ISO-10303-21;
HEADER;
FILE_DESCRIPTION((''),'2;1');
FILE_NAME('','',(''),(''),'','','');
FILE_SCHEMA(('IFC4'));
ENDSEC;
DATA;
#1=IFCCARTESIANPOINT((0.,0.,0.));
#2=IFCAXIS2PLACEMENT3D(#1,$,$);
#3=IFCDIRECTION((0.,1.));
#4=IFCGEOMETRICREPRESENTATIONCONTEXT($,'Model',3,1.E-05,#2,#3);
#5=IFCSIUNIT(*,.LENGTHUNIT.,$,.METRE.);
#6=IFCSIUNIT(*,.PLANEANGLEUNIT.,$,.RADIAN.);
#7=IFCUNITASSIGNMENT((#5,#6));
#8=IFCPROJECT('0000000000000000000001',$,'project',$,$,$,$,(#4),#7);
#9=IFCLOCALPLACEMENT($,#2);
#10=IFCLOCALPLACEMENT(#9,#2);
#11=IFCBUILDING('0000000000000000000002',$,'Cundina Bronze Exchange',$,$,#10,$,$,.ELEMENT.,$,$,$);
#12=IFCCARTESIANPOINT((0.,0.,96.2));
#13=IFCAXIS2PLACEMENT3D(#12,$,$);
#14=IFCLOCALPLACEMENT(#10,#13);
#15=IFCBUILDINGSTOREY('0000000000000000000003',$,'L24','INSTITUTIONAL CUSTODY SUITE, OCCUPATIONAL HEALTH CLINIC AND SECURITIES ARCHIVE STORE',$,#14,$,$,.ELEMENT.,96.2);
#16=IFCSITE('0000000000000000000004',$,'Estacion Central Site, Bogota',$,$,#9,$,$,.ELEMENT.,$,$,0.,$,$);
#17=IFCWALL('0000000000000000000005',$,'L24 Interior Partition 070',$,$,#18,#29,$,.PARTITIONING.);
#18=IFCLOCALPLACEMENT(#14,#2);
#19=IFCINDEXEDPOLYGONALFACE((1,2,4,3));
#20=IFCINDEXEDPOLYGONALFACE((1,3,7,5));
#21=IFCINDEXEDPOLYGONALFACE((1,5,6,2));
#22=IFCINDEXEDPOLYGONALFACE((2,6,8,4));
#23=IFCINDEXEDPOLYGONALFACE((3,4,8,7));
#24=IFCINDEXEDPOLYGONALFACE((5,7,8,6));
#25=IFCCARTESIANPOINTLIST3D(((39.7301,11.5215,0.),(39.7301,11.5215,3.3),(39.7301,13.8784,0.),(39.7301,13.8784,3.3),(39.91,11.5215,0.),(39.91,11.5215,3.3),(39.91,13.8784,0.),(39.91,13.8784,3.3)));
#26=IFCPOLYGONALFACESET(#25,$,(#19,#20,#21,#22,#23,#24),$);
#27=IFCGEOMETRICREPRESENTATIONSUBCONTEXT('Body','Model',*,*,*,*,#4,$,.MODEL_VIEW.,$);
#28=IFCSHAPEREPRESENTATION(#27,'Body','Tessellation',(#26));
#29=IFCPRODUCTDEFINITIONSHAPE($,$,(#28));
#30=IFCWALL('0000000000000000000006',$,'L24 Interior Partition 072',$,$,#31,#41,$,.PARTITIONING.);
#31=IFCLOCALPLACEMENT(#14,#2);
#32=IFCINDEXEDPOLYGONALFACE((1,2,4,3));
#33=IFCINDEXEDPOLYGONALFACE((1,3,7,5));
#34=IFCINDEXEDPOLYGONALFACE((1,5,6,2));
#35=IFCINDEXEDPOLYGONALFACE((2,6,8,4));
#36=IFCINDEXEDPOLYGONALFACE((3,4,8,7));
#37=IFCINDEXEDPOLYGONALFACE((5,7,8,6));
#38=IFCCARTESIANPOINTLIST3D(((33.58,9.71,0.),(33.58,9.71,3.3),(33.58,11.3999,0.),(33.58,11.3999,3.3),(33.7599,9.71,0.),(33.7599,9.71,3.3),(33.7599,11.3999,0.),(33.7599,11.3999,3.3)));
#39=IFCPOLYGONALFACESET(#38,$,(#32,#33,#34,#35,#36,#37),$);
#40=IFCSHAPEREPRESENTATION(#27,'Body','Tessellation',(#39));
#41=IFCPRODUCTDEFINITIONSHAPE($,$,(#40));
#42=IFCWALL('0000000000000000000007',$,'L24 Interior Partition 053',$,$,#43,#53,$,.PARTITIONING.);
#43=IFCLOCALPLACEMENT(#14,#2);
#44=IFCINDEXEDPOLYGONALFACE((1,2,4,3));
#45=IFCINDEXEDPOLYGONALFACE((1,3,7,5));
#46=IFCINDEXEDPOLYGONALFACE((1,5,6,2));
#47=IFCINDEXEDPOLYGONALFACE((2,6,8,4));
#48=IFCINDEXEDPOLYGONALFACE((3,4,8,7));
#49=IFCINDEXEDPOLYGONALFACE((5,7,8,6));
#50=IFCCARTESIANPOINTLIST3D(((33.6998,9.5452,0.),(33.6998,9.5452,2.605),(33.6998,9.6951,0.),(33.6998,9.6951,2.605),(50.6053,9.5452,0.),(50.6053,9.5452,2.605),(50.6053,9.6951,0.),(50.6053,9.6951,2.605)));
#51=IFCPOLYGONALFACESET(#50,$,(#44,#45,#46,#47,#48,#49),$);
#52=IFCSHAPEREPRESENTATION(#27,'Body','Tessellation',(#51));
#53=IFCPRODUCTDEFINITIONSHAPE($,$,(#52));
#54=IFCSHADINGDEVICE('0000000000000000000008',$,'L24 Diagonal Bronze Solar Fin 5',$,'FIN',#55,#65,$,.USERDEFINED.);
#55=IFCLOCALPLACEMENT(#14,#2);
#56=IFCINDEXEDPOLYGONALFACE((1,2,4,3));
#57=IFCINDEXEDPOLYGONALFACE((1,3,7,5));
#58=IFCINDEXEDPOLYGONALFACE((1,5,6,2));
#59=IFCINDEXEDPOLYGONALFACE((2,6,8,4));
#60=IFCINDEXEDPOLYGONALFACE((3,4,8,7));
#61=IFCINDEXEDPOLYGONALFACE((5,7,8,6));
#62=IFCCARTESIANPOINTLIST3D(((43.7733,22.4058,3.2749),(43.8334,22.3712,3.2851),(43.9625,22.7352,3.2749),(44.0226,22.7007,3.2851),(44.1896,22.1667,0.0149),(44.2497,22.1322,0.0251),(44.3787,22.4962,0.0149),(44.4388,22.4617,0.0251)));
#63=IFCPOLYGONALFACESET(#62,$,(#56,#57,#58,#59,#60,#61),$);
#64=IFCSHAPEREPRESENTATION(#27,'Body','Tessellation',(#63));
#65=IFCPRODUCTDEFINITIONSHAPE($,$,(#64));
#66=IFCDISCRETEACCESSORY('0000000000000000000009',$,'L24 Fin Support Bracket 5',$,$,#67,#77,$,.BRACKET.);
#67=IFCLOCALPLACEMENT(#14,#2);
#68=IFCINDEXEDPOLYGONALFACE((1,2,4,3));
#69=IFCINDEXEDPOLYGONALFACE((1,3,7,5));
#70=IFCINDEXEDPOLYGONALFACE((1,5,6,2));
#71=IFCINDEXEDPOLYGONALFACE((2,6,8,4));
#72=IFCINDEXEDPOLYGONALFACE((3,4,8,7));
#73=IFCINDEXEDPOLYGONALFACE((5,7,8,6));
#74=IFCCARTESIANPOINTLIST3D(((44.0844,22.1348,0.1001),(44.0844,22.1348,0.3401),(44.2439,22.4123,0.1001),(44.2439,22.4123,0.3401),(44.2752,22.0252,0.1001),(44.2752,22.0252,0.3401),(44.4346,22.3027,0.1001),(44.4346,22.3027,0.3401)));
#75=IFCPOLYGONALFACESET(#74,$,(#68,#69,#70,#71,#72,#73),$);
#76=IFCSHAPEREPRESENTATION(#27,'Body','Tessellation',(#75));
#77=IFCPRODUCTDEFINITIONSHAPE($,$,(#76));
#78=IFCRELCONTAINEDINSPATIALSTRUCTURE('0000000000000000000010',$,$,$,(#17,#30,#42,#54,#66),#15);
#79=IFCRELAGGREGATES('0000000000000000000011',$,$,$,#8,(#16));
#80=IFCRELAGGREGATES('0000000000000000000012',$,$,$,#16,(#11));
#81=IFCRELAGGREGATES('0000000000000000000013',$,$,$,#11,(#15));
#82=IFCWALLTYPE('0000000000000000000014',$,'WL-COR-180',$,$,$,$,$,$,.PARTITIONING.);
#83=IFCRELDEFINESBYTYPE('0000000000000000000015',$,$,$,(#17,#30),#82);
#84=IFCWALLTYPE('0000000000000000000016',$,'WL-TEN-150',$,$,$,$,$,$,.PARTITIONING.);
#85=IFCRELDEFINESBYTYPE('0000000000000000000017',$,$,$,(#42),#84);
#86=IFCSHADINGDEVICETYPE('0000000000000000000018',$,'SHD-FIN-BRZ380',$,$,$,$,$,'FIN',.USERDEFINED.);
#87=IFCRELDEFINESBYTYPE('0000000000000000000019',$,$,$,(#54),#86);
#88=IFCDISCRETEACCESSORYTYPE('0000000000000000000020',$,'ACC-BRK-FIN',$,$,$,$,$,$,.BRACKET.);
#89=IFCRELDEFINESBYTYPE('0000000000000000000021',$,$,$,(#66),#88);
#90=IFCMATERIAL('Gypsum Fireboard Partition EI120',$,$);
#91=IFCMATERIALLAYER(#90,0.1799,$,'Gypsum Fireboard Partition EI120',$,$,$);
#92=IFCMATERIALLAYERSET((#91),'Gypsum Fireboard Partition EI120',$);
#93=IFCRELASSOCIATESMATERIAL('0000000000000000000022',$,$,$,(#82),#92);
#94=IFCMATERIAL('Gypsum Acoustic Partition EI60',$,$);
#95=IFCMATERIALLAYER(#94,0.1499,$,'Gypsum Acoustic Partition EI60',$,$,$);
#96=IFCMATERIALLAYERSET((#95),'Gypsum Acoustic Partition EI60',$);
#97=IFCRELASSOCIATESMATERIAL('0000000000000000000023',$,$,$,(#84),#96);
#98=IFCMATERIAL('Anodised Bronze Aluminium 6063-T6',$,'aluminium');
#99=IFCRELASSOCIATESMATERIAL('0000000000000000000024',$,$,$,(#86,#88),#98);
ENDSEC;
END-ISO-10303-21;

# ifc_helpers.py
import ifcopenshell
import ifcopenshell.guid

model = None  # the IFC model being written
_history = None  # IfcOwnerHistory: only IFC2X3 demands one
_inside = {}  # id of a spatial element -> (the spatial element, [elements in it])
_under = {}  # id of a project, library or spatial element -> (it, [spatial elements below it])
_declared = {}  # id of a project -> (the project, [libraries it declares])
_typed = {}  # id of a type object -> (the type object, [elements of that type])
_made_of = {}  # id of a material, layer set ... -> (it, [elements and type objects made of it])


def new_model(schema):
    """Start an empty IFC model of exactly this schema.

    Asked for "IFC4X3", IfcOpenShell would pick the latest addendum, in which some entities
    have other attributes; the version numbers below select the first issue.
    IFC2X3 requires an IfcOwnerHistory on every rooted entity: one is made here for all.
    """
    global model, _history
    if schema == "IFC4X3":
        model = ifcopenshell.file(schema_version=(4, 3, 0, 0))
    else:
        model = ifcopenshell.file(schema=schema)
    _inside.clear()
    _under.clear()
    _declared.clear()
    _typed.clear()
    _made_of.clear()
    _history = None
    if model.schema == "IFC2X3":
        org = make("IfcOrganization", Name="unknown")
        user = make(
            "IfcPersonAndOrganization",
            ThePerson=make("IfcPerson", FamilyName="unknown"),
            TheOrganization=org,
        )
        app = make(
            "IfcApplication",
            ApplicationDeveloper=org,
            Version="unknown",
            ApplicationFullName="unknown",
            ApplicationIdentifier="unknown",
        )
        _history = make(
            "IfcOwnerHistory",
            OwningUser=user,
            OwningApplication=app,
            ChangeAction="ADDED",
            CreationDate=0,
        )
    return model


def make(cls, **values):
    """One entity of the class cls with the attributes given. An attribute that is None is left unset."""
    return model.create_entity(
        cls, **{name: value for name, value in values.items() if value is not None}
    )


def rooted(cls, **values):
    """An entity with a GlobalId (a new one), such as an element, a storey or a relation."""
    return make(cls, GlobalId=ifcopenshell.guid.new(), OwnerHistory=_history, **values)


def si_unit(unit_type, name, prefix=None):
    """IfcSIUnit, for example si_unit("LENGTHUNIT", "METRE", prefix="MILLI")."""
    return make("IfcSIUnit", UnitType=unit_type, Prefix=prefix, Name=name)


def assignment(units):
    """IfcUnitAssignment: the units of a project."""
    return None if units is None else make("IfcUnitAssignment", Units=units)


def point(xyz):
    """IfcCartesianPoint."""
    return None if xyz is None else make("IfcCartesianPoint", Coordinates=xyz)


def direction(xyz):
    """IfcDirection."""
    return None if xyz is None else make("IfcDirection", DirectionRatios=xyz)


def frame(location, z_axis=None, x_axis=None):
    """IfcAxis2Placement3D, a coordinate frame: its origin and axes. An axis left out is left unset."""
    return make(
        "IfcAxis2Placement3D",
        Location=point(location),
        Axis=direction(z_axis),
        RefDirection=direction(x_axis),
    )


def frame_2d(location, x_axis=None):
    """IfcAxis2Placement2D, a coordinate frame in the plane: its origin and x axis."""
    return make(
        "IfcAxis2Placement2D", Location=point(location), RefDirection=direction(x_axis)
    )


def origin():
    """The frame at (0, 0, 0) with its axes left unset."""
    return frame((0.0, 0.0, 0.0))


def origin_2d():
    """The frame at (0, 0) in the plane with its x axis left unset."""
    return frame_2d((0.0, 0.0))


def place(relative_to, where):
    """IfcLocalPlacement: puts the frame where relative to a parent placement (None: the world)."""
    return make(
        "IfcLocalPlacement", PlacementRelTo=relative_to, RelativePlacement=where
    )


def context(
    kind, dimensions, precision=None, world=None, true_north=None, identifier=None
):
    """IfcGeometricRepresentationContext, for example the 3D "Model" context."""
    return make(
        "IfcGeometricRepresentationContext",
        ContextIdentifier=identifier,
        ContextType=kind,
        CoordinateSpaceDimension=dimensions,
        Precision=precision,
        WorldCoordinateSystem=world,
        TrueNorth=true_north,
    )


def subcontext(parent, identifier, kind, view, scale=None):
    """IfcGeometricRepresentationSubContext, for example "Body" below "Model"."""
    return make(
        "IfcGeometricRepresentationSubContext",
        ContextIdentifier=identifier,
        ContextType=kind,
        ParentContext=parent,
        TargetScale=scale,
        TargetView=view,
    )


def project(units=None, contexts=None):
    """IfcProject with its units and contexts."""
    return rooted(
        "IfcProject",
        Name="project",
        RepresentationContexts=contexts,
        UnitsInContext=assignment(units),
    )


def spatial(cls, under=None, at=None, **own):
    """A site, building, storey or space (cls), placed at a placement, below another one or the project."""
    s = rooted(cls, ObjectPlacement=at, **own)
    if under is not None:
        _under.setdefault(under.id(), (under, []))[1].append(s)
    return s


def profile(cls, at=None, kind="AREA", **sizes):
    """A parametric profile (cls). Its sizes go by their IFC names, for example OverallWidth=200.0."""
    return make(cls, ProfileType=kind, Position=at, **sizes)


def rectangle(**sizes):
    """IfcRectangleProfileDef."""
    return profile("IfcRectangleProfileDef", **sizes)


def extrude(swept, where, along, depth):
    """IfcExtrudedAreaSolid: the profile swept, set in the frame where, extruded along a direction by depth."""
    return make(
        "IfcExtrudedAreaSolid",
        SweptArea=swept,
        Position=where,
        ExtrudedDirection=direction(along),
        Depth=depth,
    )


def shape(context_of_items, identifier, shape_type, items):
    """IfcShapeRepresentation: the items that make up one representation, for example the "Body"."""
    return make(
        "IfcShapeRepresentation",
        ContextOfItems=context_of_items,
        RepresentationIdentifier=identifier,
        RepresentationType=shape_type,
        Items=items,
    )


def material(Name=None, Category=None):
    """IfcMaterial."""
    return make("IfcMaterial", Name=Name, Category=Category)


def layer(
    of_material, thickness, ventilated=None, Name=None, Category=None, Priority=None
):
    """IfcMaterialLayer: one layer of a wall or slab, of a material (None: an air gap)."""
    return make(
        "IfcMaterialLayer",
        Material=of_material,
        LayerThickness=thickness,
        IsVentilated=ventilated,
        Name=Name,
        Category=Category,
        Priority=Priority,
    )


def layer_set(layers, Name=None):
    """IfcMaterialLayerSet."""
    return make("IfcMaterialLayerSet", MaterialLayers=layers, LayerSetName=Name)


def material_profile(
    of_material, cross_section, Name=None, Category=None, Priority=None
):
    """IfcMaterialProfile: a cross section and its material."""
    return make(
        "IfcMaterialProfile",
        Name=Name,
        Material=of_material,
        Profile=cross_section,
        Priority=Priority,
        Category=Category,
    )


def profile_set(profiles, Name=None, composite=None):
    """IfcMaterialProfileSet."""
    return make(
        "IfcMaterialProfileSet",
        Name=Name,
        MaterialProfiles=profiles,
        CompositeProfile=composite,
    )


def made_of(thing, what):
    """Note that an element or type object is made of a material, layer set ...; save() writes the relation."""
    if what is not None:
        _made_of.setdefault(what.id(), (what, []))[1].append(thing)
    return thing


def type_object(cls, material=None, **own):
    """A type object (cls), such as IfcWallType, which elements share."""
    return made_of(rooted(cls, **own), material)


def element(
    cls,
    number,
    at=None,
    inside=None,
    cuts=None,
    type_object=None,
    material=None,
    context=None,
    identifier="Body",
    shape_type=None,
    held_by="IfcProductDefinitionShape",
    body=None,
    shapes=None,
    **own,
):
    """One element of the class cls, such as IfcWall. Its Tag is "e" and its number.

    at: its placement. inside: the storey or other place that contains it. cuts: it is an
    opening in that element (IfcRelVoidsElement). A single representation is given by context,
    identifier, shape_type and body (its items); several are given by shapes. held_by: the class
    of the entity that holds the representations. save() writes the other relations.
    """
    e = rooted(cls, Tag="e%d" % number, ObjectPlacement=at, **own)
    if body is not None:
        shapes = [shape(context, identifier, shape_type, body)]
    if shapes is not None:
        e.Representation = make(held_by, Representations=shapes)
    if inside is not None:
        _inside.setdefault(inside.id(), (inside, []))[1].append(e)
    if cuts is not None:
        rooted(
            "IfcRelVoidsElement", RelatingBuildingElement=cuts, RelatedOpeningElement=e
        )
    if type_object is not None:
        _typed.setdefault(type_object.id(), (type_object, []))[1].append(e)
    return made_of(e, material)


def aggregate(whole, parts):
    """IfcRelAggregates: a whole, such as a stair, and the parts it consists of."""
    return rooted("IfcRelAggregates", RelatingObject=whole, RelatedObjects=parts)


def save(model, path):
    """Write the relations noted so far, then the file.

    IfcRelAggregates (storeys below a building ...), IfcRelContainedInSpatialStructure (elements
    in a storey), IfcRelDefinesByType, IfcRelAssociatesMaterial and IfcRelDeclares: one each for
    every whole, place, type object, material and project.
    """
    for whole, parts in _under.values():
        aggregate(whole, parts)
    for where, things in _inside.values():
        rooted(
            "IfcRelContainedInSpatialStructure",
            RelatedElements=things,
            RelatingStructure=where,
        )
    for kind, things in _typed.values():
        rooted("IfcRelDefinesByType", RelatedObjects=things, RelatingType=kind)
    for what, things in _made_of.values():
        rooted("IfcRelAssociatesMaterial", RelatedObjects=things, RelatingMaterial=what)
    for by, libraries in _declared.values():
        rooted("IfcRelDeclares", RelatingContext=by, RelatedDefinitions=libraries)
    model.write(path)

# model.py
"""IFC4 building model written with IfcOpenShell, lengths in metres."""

from ifc_helpers import new_model, si_unit, direction, frame, frame_2d, origin, origin_2d, place, context, subcontext, project, spatial, rectangle, extrude, material, layer, layer_set, material_profile, profile_set, type_object, element, save


model = new_model("IFC4")

# Units and contexts
model_context = context("Model", 3, precision=1e-05, world=origin(), true_north=direction((0.0, 1.0)))
body_context = subcontext(model_context, "Body", "Model", "MODEL_VIEW")
ifc_project = project(units=[si_unit("LENGTHUNIT", "METRE"), si_unit("PLANEANGLEUNIT", "RADIAN")], contexts=[model_context])

# Site, building, storey
site_placement = place(None, origin())
site = spatial("IfcSite", under=ifc_project, at=site_placement, Name="Estacion Central Site, Bogota", CompositionType="ELEMENT", RefElevation=0.0)
building_placement = place(site_placement, origin())
building = spatial("IfcBuilding", under=site, at=building_placement, Name="Cundina Bronze Exchange", CompositionType="ELEMENT")
storey_placement = place(building_placement, frame((0.0, 0.0, 96.2)))
storey = spatial("IfcBuildingStorey", under=building, at=storey_placement, Name="L24", Description="INSTITUTIONAL CUSTODY SUITE, OCCUPATIONAL HEALTH CLINIC AND SECURITIES ARCHIVE STORE", CompositionType="ELEMENT", Elevation=96.2)

# Shared definitions
ifc_material_1 = material(Name="Anodised Bronze Aluminium 6063-T6", Category="aluminium")

# Shared definitions
ifc_material_2 = material(Name="Gypsum Fireboard Partition EI120")
ifc_layer_1 = layer(ifc_material_2, 0.1799, Name="Gypsum Fireboard Partition EI120")
ifc_layer_set_1 = layer_set([ifc_layer_1], Name="Gypsum Fireboard Partition EI120")
wall_type_1 = type_object("IfcWallType", Name="WL-COR-180", PredefinedType="PARTITIONING", material=ifc_layer_set_1)

# Walls
wall_1_placement = place(storey_placement, frame((39.8201, 11.5215, 0.0), z_axis=(0.0, 0.0, 1.0), x_axis=(0.0, 1.0, 0.0)))
element("IfcWall", 1, at=wall_1_placement, inside=storey, type_object=wall_type_1, Name="L24 Interior Partition 070", PredefinedType="PARTITIONING", context=body_context, shape_type="SweptSolid", body=[
    extrude(rectangle(XDim=2.3569, YDim=0.1799, at=frame_2d((1.1785, 0.0))), origin(), (0.0, 0.0, 1.0), 3.3),
])
wall_2_placement = place(storey_placement, frame((33.6699, 9.71, 0.0), z_axis=(0.0, 0.0, 1.0), x_axis=(0.0, 1.0, 0.0)))
element("IfcWall", 2, at=wall_2_placement, inside=storey, type_object=wall_type_1, Name="L24 Interior Partition 072", PredefinedType="PARTITIONING", context=body_context, shape_type="SweptSolid", body=[
    extrude(rectangle(XDim=1.6899, YDim=0.1799, at=frame_2d((0.845, 0.0))), origin(), (0.0, 0.0, 1.0), 3.3),
])
ifc_material_3 = material(Name="Gypsum Acoustic Partition EI60")
ifc_layer_2 = layer(ifc_material_3, 0.1499, Name="Gypsum Acoustic Partition EI60")
ifc_layer_set_2 = layer_set([ifc_layer_2], Name="Gypsum Acoustic Partition EI60")
wall_type_2 = type_object("IfcWallType", Name="WL-TEN-150", PredefinedType="PARTITIONING", material=ifc_layer_set_2)
wall_3_placement = place(storey_placement, frame((33.7, 9.6201, 0.0), z_axis=(0.0, 0.0, 1.0), x_axis=(1.0, 0.0, 0.0)))
element("IfcWall", 3, at=wall_3_placement, inside=storey, type_object=wall_type_2, Name="L24 Interior Partition 053", PredefinedType="PARTITIONING", context=body_context, shape_type="SweptSolid", body=[
    extrude(rectangle(XDim=16.9055, YDim=0.1499, at=frame_2d((8.4526, 0.0))), origin(), (0.0, 0.0, 1.0), 2.605),
])

# Shading device
ifc_material_profile_1 = material_profile(ifc_material_1, rectangle(XDim=0.0701, YDim=0.3799, at=origin_2d()), Name="FIN70X380", Category="aluminium")
ifc_profile_set_1 = profile_set([ifc_material_profile_1], Name="Anodised Bronze Aluminium 6063-T6")
shading_device_type = type_object("IfcShadingDeviceType", Name="SHD-FIN-BRZ380", ElementType="FIN", PredefinedType="USERDEFINED", material=ifc_profile_set_1)
shading_device_placement = place(storey_placement, frame((44.3142, 22.3142, 0.02), z_axis=(-0.126325, 0.072535, 0.989333), x_axis=(0.857958, -0.492634, 0.145668)))
element("IfcShadingDevice", 4, at=shading_device_placement, inside=storey, type_object=shading_device_type, Name="L24 Diagonal Bronze Solar Fin 5", ObjectType="FIN", PredefinedType="USERDEFINED", context=body_context, shape_type="SweptSolid", body=[
    extrude(rectangle(XDim=0.0701, YDim=0.3799, at=origin_2d()), origin(), (0.0, 0.0, 1.0), 3.2952),
])

# Discrete accessory
discrete_accessory_type = type_object("IfcDiscreteAccessoryType", Name="ACC-BRK-FIN", PredefinedType="BRACKET", material=ifc_material_1)
discrete_accessory_placement = place(storey_placement, frame((44.2595, 22.2188, 0.1001), z_axis=(0.0, 0.0, 1.0), x_axis=(-0.867105, 0.498125, 0.0)))
element("IfcDiscreteAccessory", 5, at=discrete_accessory_placement, inside=storey, type_object=discrete_accessory_type, Name="L24 Fin Support Bracket 5", PredefinedType="BRACKET", context=body_context, shape_type="SweptSolid", body=[
    extrude(rectangle(XDim=0.22, YDim=0.3201, at=origin_2d()), origin(), (0.0, 0.0, 1.0), 0.24),
])

save(model, "model.ifc")
